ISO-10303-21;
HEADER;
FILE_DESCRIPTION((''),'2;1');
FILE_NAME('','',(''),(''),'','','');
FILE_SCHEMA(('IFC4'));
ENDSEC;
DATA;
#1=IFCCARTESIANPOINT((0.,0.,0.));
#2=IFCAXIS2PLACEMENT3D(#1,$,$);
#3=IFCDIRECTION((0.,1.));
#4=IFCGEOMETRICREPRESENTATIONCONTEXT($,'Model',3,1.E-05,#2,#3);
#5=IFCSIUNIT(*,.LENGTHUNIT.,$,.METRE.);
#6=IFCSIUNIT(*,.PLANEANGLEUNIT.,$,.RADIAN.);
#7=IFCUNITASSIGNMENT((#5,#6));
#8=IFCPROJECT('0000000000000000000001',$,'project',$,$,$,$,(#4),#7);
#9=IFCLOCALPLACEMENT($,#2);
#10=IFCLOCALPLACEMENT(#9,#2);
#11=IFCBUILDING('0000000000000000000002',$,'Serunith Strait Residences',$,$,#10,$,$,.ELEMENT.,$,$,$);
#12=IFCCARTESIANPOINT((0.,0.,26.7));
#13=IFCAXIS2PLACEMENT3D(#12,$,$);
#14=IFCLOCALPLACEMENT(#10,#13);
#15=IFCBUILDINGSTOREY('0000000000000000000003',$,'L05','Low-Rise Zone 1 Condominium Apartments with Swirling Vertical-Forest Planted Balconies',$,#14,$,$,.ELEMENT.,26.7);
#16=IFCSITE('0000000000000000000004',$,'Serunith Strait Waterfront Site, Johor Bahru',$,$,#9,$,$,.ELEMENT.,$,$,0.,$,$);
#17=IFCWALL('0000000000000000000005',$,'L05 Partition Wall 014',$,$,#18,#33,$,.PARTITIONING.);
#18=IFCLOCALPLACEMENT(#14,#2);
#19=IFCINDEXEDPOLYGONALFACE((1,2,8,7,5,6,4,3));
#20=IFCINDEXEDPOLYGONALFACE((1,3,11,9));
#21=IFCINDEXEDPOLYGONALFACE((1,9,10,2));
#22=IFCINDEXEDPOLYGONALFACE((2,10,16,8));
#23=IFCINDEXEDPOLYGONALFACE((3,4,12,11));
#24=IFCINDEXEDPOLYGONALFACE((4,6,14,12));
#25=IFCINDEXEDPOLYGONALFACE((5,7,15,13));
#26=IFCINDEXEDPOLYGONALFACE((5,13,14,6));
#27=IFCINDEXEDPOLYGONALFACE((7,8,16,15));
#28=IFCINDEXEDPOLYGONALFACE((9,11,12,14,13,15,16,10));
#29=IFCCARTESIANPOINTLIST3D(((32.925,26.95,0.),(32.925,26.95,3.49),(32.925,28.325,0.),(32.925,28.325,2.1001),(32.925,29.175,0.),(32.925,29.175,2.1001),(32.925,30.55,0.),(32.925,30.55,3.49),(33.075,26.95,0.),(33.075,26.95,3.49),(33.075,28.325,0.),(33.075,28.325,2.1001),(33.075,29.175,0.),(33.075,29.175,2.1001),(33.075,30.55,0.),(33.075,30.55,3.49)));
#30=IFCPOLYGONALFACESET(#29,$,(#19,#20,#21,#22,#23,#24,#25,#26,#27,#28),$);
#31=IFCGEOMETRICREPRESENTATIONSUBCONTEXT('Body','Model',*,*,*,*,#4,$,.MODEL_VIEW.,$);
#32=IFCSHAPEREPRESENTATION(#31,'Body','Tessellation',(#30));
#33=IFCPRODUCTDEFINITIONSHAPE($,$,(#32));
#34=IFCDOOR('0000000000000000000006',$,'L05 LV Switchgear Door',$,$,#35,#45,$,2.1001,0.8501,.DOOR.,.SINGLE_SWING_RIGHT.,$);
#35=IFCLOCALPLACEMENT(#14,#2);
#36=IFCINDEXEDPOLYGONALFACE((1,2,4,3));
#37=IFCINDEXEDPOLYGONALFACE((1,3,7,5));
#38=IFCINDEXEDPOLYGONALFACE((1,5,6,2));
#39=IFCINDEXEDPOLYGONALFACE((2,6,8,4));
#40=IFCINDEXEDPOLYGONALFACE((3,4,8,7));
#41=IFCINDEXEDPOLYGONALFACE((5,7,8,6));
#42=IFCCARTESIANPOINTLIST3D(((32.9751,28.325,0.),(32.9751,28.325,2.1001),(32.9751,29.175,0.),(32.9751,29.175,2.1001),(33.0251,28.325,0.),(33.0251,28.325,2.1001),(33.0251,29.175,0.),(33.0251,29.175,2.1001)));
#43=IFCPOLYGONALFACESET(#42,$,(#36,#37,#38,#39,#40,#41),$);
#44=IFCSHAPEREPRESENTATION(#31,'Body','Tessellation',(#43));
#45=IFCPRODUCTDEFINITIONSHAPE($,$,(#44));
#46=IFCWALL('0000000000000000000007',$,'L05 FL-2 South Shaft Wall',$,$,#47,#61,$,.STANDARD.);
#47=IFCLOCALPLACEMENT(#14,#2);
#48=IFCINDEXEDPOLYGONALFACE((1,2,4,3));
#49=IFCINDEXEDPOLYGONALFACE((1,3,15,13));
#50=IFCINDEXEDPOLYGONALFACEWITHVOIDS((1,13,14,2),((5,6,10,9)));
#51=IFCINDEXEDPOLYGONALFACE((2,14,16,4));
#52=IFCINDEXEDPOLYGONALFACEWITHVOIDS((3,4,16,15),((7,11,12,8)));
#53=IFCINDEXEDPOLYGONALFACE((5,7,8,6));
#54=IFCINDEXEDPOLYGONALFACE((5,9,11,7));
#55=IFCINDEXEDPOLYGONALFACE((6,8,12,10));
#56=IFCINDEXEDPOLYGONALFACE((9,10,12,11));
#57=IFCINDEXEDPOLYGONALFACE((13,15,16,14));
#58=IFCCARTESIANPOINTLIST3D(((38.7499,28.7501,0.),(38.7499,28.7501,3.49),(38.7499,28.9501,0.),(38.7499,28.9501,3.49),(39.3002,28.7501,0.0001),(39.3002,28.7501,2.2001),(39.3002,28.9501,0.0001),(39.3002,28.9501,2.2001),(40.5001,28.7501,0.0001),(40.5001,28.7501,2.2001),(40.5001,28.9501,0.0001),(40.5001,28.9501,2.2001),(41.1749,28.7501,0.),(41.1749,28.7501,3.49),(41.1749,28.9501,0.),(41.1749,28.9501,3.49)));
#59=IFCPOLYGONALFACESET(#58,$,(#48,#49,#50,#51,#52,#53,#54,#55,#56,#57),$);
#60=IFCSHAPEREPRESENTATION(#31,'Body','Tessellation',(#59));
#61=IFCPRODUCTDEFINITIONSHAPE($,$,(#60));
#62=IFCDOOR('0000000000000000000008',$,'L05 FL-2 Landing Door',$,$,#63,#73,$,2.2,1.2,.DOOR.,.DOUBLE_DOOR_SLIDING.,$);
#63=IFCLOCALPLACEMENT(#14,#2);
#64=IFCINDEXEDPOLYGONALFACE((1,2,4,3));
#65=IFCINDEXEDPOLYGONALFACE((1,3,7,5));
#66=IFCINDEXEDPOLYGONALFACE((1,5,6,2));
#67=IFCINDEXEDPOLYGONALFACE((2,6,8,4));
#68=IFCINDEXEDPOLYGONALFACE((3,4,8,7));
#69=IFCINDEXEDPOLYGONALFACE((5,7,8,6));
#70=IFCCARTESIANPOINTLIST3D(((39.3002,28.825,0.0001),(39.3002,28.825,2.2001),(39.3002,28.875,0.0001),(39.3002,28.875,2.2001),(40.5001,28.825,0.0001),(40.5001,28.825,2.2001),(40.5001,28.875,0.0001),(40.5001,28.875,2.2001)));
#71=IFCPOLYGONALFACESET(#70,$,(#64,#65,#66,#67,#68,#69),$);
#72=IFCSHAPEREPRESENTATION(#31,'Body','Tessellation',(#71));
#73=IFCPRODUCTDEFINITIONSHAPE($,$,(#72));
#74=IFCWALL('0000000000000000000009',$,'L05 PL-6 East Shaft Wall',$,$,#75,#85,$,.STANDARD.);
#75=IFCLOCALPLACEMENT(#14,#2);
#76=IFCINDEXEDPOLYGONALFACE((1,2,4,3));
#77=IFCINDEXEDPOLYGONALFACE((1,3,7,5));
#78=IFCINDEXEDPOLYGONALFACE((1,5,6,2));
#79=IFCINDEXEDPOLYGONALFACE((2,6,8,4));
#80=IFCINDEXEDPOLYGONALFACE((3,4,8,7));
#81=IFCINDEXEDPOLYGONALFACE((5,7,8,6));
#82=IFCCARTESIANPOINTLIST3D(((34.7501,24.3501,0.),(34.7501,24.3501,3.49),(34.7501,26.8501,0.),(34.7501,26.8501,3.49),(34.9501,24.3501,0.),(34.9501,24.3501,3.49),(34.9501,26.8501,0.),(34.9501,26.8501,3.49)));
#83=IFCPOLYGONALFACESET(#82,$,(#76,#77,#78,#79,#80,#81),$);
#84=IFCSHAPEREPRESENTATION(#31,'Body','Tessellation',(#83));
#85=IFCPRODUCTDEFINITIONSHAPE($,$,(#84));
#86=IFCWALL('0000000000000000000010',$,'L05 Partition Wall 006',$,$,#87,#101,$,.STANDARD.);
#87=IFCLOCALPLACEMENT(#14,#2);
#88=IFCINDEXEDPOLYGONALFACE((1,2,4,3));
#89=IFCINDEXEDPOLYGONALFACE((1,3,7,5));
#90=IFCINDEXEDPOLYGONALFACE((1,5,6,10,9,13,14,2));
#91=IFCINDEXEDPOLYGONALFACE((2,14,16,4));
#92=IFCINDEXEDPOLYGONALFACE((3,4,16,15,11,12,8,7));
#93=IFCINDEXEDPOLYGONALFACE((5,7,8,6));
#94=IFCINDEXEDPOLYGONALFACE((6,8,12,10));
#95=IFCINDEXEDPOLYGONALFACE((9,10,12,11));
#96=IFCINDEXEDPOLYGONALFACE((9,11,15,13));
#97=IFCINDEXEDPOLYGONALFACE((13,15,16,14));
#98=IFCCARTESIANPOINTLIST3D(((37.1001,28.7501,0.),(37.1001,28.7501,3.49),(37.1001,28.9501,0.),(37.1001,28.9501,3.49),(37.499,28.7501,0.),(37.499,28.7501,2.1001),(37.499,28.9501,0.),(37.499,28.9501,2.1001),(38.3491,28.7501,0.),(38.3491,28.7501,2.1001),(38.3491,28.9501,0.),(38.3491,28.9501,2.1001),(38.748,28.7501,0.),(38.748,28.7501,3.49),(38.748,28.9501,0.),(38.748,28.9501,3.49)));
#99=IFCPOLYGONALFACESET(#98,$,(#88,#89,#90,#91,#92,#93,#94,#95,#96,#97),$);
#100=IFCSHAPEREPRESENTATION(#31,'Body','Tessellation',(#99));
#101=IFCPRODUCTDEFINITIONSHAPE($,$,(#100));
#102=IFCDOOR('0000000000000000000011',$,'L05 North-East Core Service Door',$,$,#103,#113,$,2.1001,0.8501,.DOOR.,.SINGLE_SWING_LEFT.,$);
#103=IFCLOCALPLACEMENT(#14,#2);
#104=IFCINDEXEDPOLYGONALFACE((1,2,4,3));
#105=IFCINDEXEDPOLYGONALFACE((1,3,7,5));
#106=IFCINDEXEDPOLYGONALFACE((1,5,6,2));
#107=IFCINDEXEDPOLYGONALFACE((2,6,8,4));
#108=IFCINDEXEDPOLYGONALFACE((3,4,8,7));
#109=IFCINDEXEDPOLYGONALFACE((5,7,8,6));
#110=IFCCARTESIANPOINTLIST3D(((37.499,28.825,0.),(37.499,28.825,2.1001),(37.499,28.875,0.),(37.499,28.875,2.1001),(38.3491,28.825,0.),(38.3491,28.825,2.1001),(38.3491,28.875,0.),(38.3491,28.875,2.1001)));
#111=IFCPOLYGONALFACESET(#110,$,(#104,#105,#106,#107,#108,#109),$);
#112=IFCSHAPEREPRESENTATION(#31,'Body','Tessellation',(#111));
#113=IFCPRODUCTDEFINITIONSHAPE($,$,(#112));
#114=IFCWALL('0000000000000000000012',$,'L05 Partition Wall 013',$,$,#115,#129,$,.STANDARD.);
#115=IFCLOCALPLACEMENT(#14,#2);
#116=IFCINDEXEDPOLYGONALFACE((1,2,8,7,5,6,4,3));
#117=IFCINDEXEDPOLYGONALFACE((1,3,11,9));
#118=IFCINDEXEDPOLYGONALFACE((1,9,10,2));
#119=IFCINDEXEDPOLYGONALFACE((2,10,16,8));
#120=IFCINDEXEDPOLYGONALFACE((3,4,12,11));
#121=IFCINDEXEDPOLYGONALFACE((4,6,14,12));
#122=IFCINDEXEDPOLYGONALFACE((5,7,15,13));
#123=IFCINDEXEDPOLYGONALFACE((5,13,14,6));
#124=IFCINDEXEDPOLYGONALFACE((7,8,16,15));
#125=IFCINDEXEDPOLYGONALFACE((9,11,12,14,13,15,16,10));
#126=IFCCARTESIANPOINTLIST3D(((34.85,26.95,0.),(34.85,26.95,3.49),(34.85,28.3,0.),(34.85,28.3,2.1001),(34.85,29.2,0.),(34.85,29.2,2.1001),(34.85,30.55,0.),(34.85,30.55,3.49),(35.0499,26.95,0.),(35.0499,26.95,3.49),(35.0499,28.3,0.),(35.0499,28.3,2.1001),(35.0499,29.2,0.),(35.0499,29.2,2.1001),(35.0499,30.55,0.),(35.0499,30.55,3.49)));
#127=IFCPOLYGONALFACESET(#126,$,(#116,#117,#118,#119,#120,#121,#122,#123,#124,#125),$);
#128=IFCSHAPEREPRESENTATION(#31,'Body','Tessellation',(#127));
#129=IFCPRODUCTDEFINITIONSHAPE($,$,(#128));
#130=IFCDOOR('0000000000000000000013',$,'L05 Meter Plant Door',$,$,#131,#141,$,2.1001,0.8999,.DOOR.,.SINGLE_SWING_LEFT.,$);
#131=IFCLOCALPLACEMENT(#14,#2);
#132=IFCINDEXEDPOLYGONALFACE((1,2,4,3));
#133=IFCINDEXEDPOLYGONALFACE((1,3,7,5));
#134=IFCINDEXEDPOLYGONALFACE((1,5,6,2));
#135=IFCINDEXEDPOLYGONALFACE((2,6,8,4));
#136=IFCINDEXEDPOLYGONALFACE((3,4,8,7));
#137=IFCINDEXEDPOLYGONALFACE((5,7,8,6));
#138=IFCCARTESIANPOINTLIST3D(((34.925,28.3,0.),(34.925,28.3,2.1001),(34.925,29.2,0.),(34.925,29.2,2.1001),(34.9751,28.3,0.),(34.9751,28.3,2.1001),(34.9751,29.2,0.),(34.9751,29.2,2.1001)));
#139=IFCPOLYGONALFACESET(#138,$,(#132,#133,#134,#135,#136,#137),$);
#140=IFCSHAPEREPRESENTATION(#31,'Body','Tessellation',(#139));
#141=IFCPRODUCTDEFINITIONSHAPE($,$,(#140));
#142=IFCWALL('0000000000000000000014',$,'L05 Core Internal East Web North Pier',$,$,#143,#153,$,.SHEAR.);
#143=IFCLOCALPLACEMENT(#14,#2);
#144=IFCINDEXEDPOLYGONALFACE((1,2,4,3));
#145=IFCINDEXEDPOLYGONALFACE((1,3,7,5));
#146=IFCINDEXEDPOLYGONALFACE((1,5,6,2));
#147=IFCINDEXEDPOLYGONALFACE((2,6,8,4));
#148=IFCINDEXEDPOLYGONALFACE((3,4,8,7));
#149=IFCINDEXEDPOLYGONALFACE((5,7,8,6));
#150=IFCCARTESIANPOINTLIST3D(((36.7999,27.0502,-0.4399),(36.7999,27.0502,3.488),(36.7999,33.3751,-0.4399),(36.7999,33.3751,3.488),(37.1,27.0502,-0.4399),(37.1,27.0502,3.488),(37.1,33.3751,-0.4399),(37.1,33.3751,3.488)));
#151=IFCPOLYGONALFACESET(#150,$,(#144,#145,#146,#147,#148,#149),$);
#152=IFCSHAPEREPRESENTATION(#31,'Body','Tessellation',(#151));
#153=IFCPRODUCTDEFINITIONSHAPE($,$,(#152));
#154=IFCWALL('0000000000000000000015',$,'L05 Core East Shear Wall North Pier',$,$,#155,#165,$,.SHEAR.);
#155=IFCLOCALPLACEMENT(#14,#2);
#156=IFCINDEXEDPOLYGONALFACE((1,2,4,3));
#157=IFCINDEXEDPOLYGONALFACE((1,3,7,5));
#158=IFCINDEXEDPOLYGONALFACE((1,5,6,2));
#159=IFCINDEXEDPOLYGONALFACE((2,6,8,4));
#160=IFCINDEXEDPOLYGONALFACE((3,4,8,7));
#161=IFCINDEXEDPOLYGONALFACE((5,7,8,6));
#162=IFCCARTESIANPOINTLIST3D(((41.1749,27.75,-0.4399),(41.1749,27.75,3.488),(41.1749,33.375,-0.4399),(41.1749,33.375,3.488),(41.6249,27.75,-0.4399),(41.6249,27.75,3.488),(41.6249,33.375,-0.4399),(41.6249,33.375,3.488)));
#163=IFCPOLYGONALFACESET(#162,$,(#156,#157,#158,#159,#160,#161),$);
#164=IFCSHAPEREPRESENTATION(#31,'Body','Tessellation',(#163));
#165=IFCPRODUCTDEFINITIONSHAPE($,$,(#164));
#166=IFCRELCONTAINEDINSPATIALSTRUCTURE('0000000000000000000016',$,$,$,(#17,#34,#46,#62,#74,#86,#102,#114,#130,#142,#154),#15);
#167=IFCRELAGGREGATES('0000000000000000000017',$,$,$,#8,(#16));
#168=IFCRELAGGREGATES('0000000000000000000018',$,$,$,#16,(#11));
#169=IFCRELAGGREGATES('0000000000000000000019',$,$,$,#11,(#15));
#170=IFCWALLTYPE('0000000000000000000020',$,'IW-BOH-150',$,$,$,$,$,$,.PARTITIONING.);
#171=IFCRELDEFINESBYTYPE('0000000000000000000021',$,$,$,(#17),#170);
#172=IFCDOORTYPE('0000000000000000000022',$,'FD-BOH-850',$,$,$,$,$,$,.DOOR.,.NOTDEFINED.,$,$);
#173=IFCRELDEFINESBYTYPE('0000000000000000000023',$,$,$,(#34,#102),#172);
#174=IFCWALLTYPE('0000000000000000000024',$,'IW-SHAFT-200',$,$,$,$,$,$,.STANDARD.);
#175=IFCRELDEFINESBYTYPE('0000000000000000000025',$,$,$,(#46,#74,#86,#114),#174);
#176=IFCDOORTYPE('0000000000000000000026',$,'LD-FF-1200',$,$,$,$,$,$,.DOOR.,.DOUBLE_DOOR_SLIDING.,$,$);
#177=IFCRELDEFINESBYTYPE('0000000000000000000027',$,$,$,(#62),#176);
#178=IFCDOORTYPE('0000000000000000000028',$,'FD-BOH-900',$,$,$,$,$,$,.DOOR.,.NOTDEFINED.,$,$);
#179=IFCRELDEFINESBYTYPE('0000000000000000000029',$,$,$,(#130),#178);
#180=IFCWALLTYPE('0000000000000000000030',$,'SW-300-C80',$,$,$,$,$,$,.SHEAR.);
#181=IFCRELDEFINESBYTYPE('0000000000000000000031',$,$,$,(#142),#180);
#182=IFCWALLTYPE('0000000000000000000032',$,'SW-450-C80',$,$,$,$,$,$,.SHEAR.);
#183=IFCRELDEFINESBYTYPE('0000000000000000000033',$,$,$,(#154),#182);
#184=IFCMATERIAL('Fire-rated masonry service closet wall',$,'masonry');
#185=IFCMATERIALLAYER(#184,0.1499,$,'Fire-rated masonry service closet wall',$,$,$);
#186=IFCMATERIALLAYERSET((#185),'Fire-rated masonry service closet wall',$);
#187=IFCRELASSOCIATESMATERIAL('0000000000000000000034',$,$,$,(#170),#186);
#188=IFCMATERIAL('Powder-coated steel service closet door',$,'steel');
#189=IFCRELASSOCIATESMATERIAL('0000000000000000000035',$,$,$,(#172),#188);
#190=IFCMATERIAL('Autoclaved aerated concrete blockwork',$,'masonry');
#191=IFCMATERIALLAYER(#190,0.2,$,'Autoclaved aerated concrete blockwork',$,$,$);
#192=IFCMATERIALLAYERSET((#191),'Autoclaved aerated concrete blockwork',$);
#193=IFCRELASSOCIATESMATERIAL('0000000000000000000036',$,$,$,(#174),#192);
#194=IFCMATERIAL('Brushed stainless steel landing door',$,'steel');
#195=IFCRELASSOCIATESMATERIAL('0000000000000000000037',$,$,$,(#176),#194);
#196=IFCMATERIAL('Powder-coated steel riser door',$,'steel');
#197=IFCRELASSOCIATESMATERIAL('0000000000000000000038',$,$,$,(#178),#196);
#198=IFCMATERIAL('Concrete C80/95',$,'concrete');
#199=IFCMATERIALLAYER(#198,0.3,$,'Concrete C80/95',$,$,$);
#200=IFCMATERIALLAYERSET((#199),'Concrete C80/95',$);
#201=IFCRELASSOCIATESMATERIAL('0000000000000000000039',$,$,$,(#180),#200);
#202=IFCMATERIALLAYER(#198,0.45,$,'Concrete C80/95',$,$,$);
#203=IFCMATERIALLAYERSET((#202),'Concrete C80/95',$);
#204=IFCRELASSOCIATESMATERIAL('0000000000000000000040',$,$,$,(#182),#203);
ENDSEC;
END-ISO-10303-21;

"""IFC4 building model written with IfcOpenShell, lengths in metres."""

from ifc_helpers import new_model, si_unit, direction, frame, frame_2d, origin, place, context, subcontext, project, spatial, rectangle, extrude, source, transform, mapped, material, layer, layer_set, type_object, element, fill, save


model = new_model("IFC4")

# Units and contexts
model_context = context("Model", 3, precision=1e-05, world=origin(), true_north=direction((0.0, 1.0)))
body_context = subcontext(model_context, "Body", "Model", "MODEL_VIEW")
ifc_project = project(units=[si_unit("LENGTHUNIT", "METRE"), si_unit("PLANEANGLEUNIT", "RADIAN")], contexts=[model_context])

# Site, building, storey
site_placement = place(None, origin())
site = spatial("IfcSite", under=ifc_project, at=site_placement, Name="Serunith Strait Waterfront Site, Johor Bahru", CompositionType="ELEMENT", RefElevation=0.0)
building_placement = place(site_placement, origin())
building = spatial("IfcBuilding", under=site, at=building_placement, Name="Serunith Strait Residences", CompositionType="ELEMENT")
storey_placement = place(building_placement, frame((0.0, 0.0, 26.7)))
storey = spatial("IfcBuildingStorey", under=building, at=storey_placement, Name="L05", Description="Low-Rise Zone 1 Condominium Apartments with Swirling Vertical-Forest Planted Balconies", CompositionType="ELEMENT", Elevation=26.7)

# Walls, openings, doors
ifc_material_1 = material(Name="Fire-rated masonry service closet wall", Category="masonry")
ifc_layer_1 = layer(ifc_material_1, 0.1499, Name="Fire-rated masonry service closet wall")
ifc_layer_set_1 = layer_set([ifc_layer_1], Name="Fire-rated masonry service closet wall")
wall_type_1 = type_object("IfcWallType", Name="IW-BOH-150", PredefinedType="PARTITIONING", material=ifc_layer_set_1)
wall_1_placement = place(storey_placement, frame((33.0, 26.95, 0.0), z_axis=(0.0, 0.0, 1.0), x_axis=(0.0, 1.0, 0.0)))
wall_1 = element("IfcWall", 1, at=wall_1_placement, inside=storey, type_object=wall_type_1, Name="L05 Partition Wall 014", PredefinedType="PARTITIONING", context=body_context, shape_type="SweptSolid", body=[
    extrude(rectangle(XDim=3.6001, YDim=0.1499, at=frame_2d((1.8, 0.0))), origin(), (0.0, 0.0, 1.0), 3.49),
])
opening_1_placement = place(wall_1_placement, frame((1.375, 0.0, 0.0)))
opening_1 = element("IfcOpeningElement", 2, at=opening_1_placement, cuts=wall_1, PredefinedType="OPENING", context=body_context, shape_type="SweptSolid", body=[
    extrude(rectangle(XDim=0.8501, YDim=2.1001, at=frame_2d((0.425, 1.05))), frame((0.0, 0.085, 0.0), z_axis=(0.0, -1.0, 0.0), x_axis=(1.0, 0.0, 0.0)), (0.0, 0.0, 1.0), 0.1699),
])
ifc_material_2 = material(Name="Powder-coated steel service closet door", Category="steel")
door_type_1 = type_object("IfcDoorType", Name="FD-BOH-850", OperationType="NOTDEFINED", PredefinedType="DOOR", material=ifc_material_2)
shared_shape_1 = source(origin(), body_context, "Body", "SweptSolid", [
    extrude(rectangle(XDim=0.8501, YDim=2.1001, at=frame_2d((0.425, 1.05))), frame((0.0, 0.0249, 0.0), z_axis=(0.0, -1.0, 0.0), x_axis=(1.0, 0.0, 0.0)), (0.0, 0.0, 1.0), 0.05),
])
door_1_placement = place(opening_1_placement, origin())
door_1 = element("IfcDoor", 3, at=door_1_placement, inside=storey, type_object=door_type_1, Name="L05 LV Switchgear Door", OperationType="SINGLE_SWING_RIGHT", OverallHeight=2.1001, OverallWidth=0.8501, PredefinedType="DOOR", context=body_context, shape_type="MappedRepresentation", body=[
    mapped(shared_shape_1, transform((0.0, 0.0, 0.0), scale=1.0)),
])
fill(opening_1, door_1)
ifc_material_3 = material(Name="Autoclaved aerated concrete blockwork", Category="masonry")
ifc_layer_2 = layer(ifc_material_3, 0.2, Name="Autoclaved aerated concrete blockwork")
ifc_layer_set_2 = layer_set([ifc_layer_2], Name="Autoclaved aerated concrete blockwork")
wall_type_2 = type_object("IfcWallType", Name="IW-SHAFT-200", PredefinedType="STANDARD", material=ifc_layer_set_2)
wall_2_placement = place(storey_placement, frame((38.75, 28.8501, 0.0), z_axis=(0.0, 0.0, 1.0), x_axis=(1.0, 0.0, 0.0)))
wall_2 = element("IfcWall", 4, at=wall_2_placement, inside=storey, type_object=wall_type_2, Name="L05 FL-2 South Shaft Wall", PredefinedType="STANDARD", context=body_context, shape_type="SweptSolid", body=[
    extrude(rectangle(XDim=2.425, YDim=0.2, at=frame_2d((1.2124, 0.0))), origin(), (0.0, 0.0, 1.0), 3.49),
])
opening_2_placement = place(wall_2_placement, frame((0.55, 0.0, 0.0)))
opening_2 = element("IfcOpeningElement", 5, at=opening_2_placement, cuts=wall_2, PredefinedType="OPENING", context=body_context, shape_type="SweptSolid", body=[
    extrude(rectangle(XDim=1.2, YDim=2.2, at=frame_2d((0.6001, 1.1001))), frame((0.0, 0.1099, 0.0), z_axis=(0.0, -1.0, 0.0), x_axis=(1.0, 0.0, 0.0)), (0.0, 0.0, 1.0), 0.22),
])
ifc_material_4 = material(Name="Brushed stainless steel landing door", Category="steel")
door_type_2 = type_object("IfcDoorType", Name="LD-FF-1200", OperationType="DOUBLE_DOOR_SLIDING", PredefinedType="DOOR", material=ifc_material_4)
shared_shape_2 = source(origin(), body_context, "Body", "SweptSolid", [
    extrude(rectangle(XDim=1.2, YDim=2.2, at=frame_2d((0.6001, 1.1001))), frame((0.0, 0.0249, 0.0), z_axis=(0.0, -1.0, 0.0), x_axis=(1.0, 0.0, 0.0)), (0.0, 0.0, 1.0), 0.05),
])
door_2_placement = place(opening_2_placement, origin())
door_2 = element("IfcDoor", 6, at=door_2_placement, inside=storey, type_object=door_type_2, Name="L05 FL-2 Landing Door", OperationType="DOUBLE_DOOR_SLIDING", OverallHeight=2.2, OverallWidth=1.2, PredefinedType="DOOR", context=body_context, shape_type="MappedRepresentation", body=[
    mapped(shared_shape_2, transform((0.0, 0.0, 0.0), scale=1.0)),
])
fill(opening_2, door_2)

# Wall
wall_3_placement = place(storey_placement, frame((34.8501, 24.3501, 0.0), z_axis=(0.0, 0.0, 1.0), x_axis=(0.0, 1.0, 0.0)))
element("IfcWall", 7, at=wall_3_placement, inside=storey, type_object=wall_type_2, Name="L05 PL-6 East Shaft Wall", PredefinedType="STANDARD", context=body_context, shape_type="SweptSolid", body=[
    extrude(rectangle(XDim=2.5, YDim=0.2, at=frame_2d((1.25, 0.0))), origin(), (0.0, 0.0, 1.0), 3.49),
])

# Walls, openings, doors
wall_4_placement = place(storey_placement, frame((37.1001, 28.8501, 0.0), z_axis=(0.0, 0.0, 1.0), x_axis=(1.0, 0.0, 0.0)))
wall_4 = element("IfcWall", 8, at=wall_4_placement, inside=storey, type_object=wall_type_2, Name="L05 Partition Wall 006", PredefinedType="STANDARD", context=body_context, shape_type="SweptSolid", body=[
    extrude(rectangle(XDim=1.6479, YDim=0.2, at=frame_2d((0.824, 0.0))), origin(), (0.0, 0.0, 1.0), 3.49),
])
opening_3_placement = place(wall_4_placement, frame((0.3989, 0.0, 0.0)))
opening_3 = element("IfcOpeningElement", 9, at=opening_3_placement, cuts=wall_4, PredefinedType="OPENING", context=body_context, shape_type="SweptSolid", body=[
    extrude(rectangle(XDim=0.8501, YDim=2.1001, at=frame_2d((0.425, 1.05))), frame((0.0, 0.1099, 0.0), z_axis=(0.0, -1.0, 0.0), x_axis=(1.0, 0.0, 0.0)), (0.0, 0.0, 1.0), 0.22),
])
door_3_placement = place(opening_3_placement, origin())
door_3 = element("IfcDoor", 10, at=door_3_placement, inside=storey, type_object=door_type_1, Name="L05 North-East Core Service Door", OperationType="SINGLE_SWING_LEFT", OverallHeight=2.1001, OverallWidth=0.8501, PredefinedType="DOOR", context=body_context, shape_type="MappedRepresentation", body=[
    mapped(shared_shape_1, transform((0.0, 0.0, 0.0), scale=1.0)),
])
fill(opening_3, door_3)
wall_5_placement = place(storey_placement, frame((34.95, 26.95, 0.0), z_axis=(0.0, 0.0, 1.0), x_axis=(0.0, 1.0, 0.0)))
wall_5 = element("IfcWall", 11, at=wall_5_placement, inside=storey, type_object=wall_type_2, Name="L05 Partition Wall 013", PredefinedType="STANDARD", context=body_context, shape_type="SweptSolid", body=[
    extrude(rectangle(XDim=3.6001, YDim=0.2, at=frame_2d((1.8, 0.0))), origin(), (0.0, 0.0, 1.0), 3.49),
])
opening_4_placement = place(wall_5_placement, frame((1.3501, 0.0, 0.0)))
opening_4 = element("IfcOpeningElement", 12, at=opening_4_placement, cuts=wall_5, PredefinedType="OPENING", context=body_context, shape_type="SweptSolid", body=[
    extrude(rectangle(XDim=0.8999, YDim=2.1001, at=frame_2d((0.45, 1.05))), frame((0.0, 0.1099, 0.0), z_axis=(0.0, -1.0, 0.0), x_axis=(1.0, 0.0, 0.0)), (0.0, 0.0, 1.0), 0.22),
])
ifc_material_5 = material(Name="Powder-coated steel riser door", Category="steel")
door_type_3 = type_object("IfcDoorType", Name="FD-BOH-900", OperationType="NOTDEFINED", PredefinedType="DOOR", material=ifc_material_5)
shared_shape_3 = source(origin(), body_context, "Body", "SweptSolid", [
    extrude(rectangle(XDim=0.8999, YDim=2.1001, at=frame_2d((0.45, 1.05))), frame((0.0, 0.0249, 0.0), z_axis=(0.0, -1.0, 0.0), x_axis=(1.0, 0.0, 0.0)), (0.0, 0.0, 1.0), 0.05),
])
door_4_placement = place(opening_4_placement, origin())
door_4 = element("IfcDoor", 13, at=door_4_placement, inside=storey, type_object=door_type_3, Name="L05 Meter Plant Door", OperationType="SINGLE_SWING_LEFT", OverallHeight=2.1001, OverallWidth=0.8999, PredefinedType="DOOR", context=body_context, shape_type="MappedRepresentation", body=[
    mapped(shared_shape_3, transform((0.0, 0.0, 0.0), scale=1.0)),
])
fill(opening_4, door_4)

# Walls
ifc_material_6 = material(Name="Concrete C80/95", Category="concrete")
ifc_layer_3 = layer(ifc_material_6, 0.3, Name="Concrete C80/95")
ifc_layer_set_3 = layer_set([ifc_layer_3], Name="Concrete C80/95")
wall_type_3 = type_object("IfcWallType", Name="SW-300-C80", PredefinedType="SHEAR", material=ifc_layer_set_3)
wall_6_placement = place(storey_placement, frame((36.95, 27.05, -0.4399), z_axis=(0.0, 0.0, 1.0), x_axis=(0.0, 1.0, 0.0)))
element("IfcWall", 14, at=wall_6_placement, inside=storey, type_object=wall_type_3, Name="L05 Core Internal East Web North Pier", PredefinedType="SHEAR", context=body_context, shape_type="SweptSolid", body=[
    extrude(rectangle(XDim=6.325, YDim=0.3, at=frame_2d((3.1626, 0.0))), origin(), (0.0, 0.0, 1.0), 3.928),
])
ifc_layer_4 = layer(ifc_material_6, 0.45, Name="Concrete C80/95")
ifc_layer_set_4 = layer_set([ifc_layer_4], Name="Concrete C80/95")
wall_type_4 = type_object("IfcWallType", Name="SW-450-C80", PredefinedType="SHEAR", material=ifc_layer_set_4)
wall_7_placement = place(storey_placement, frame((41.3999, 27.75, -0.4399), z_axis=(0.0, 0.0, 1.0), x_axis=(0.0, 1.0, 0.0)))
element("IfcWall", 15, at=wall_7_placement, inside=storey, type_object=wall_type_4, Name="L05 Core East Shear Wall North Pier", PredefinedType="SHEAR", context=body_context, shape_type="SweptSolid", body=[
    extrude(rectangle(XDim=5.625, YDim=0.45, at=frame_2d((2.8125, 0.0))), origin(), (0.0, 0.0, 1.0), 3.928),
])

save(model, "model.ifc")
